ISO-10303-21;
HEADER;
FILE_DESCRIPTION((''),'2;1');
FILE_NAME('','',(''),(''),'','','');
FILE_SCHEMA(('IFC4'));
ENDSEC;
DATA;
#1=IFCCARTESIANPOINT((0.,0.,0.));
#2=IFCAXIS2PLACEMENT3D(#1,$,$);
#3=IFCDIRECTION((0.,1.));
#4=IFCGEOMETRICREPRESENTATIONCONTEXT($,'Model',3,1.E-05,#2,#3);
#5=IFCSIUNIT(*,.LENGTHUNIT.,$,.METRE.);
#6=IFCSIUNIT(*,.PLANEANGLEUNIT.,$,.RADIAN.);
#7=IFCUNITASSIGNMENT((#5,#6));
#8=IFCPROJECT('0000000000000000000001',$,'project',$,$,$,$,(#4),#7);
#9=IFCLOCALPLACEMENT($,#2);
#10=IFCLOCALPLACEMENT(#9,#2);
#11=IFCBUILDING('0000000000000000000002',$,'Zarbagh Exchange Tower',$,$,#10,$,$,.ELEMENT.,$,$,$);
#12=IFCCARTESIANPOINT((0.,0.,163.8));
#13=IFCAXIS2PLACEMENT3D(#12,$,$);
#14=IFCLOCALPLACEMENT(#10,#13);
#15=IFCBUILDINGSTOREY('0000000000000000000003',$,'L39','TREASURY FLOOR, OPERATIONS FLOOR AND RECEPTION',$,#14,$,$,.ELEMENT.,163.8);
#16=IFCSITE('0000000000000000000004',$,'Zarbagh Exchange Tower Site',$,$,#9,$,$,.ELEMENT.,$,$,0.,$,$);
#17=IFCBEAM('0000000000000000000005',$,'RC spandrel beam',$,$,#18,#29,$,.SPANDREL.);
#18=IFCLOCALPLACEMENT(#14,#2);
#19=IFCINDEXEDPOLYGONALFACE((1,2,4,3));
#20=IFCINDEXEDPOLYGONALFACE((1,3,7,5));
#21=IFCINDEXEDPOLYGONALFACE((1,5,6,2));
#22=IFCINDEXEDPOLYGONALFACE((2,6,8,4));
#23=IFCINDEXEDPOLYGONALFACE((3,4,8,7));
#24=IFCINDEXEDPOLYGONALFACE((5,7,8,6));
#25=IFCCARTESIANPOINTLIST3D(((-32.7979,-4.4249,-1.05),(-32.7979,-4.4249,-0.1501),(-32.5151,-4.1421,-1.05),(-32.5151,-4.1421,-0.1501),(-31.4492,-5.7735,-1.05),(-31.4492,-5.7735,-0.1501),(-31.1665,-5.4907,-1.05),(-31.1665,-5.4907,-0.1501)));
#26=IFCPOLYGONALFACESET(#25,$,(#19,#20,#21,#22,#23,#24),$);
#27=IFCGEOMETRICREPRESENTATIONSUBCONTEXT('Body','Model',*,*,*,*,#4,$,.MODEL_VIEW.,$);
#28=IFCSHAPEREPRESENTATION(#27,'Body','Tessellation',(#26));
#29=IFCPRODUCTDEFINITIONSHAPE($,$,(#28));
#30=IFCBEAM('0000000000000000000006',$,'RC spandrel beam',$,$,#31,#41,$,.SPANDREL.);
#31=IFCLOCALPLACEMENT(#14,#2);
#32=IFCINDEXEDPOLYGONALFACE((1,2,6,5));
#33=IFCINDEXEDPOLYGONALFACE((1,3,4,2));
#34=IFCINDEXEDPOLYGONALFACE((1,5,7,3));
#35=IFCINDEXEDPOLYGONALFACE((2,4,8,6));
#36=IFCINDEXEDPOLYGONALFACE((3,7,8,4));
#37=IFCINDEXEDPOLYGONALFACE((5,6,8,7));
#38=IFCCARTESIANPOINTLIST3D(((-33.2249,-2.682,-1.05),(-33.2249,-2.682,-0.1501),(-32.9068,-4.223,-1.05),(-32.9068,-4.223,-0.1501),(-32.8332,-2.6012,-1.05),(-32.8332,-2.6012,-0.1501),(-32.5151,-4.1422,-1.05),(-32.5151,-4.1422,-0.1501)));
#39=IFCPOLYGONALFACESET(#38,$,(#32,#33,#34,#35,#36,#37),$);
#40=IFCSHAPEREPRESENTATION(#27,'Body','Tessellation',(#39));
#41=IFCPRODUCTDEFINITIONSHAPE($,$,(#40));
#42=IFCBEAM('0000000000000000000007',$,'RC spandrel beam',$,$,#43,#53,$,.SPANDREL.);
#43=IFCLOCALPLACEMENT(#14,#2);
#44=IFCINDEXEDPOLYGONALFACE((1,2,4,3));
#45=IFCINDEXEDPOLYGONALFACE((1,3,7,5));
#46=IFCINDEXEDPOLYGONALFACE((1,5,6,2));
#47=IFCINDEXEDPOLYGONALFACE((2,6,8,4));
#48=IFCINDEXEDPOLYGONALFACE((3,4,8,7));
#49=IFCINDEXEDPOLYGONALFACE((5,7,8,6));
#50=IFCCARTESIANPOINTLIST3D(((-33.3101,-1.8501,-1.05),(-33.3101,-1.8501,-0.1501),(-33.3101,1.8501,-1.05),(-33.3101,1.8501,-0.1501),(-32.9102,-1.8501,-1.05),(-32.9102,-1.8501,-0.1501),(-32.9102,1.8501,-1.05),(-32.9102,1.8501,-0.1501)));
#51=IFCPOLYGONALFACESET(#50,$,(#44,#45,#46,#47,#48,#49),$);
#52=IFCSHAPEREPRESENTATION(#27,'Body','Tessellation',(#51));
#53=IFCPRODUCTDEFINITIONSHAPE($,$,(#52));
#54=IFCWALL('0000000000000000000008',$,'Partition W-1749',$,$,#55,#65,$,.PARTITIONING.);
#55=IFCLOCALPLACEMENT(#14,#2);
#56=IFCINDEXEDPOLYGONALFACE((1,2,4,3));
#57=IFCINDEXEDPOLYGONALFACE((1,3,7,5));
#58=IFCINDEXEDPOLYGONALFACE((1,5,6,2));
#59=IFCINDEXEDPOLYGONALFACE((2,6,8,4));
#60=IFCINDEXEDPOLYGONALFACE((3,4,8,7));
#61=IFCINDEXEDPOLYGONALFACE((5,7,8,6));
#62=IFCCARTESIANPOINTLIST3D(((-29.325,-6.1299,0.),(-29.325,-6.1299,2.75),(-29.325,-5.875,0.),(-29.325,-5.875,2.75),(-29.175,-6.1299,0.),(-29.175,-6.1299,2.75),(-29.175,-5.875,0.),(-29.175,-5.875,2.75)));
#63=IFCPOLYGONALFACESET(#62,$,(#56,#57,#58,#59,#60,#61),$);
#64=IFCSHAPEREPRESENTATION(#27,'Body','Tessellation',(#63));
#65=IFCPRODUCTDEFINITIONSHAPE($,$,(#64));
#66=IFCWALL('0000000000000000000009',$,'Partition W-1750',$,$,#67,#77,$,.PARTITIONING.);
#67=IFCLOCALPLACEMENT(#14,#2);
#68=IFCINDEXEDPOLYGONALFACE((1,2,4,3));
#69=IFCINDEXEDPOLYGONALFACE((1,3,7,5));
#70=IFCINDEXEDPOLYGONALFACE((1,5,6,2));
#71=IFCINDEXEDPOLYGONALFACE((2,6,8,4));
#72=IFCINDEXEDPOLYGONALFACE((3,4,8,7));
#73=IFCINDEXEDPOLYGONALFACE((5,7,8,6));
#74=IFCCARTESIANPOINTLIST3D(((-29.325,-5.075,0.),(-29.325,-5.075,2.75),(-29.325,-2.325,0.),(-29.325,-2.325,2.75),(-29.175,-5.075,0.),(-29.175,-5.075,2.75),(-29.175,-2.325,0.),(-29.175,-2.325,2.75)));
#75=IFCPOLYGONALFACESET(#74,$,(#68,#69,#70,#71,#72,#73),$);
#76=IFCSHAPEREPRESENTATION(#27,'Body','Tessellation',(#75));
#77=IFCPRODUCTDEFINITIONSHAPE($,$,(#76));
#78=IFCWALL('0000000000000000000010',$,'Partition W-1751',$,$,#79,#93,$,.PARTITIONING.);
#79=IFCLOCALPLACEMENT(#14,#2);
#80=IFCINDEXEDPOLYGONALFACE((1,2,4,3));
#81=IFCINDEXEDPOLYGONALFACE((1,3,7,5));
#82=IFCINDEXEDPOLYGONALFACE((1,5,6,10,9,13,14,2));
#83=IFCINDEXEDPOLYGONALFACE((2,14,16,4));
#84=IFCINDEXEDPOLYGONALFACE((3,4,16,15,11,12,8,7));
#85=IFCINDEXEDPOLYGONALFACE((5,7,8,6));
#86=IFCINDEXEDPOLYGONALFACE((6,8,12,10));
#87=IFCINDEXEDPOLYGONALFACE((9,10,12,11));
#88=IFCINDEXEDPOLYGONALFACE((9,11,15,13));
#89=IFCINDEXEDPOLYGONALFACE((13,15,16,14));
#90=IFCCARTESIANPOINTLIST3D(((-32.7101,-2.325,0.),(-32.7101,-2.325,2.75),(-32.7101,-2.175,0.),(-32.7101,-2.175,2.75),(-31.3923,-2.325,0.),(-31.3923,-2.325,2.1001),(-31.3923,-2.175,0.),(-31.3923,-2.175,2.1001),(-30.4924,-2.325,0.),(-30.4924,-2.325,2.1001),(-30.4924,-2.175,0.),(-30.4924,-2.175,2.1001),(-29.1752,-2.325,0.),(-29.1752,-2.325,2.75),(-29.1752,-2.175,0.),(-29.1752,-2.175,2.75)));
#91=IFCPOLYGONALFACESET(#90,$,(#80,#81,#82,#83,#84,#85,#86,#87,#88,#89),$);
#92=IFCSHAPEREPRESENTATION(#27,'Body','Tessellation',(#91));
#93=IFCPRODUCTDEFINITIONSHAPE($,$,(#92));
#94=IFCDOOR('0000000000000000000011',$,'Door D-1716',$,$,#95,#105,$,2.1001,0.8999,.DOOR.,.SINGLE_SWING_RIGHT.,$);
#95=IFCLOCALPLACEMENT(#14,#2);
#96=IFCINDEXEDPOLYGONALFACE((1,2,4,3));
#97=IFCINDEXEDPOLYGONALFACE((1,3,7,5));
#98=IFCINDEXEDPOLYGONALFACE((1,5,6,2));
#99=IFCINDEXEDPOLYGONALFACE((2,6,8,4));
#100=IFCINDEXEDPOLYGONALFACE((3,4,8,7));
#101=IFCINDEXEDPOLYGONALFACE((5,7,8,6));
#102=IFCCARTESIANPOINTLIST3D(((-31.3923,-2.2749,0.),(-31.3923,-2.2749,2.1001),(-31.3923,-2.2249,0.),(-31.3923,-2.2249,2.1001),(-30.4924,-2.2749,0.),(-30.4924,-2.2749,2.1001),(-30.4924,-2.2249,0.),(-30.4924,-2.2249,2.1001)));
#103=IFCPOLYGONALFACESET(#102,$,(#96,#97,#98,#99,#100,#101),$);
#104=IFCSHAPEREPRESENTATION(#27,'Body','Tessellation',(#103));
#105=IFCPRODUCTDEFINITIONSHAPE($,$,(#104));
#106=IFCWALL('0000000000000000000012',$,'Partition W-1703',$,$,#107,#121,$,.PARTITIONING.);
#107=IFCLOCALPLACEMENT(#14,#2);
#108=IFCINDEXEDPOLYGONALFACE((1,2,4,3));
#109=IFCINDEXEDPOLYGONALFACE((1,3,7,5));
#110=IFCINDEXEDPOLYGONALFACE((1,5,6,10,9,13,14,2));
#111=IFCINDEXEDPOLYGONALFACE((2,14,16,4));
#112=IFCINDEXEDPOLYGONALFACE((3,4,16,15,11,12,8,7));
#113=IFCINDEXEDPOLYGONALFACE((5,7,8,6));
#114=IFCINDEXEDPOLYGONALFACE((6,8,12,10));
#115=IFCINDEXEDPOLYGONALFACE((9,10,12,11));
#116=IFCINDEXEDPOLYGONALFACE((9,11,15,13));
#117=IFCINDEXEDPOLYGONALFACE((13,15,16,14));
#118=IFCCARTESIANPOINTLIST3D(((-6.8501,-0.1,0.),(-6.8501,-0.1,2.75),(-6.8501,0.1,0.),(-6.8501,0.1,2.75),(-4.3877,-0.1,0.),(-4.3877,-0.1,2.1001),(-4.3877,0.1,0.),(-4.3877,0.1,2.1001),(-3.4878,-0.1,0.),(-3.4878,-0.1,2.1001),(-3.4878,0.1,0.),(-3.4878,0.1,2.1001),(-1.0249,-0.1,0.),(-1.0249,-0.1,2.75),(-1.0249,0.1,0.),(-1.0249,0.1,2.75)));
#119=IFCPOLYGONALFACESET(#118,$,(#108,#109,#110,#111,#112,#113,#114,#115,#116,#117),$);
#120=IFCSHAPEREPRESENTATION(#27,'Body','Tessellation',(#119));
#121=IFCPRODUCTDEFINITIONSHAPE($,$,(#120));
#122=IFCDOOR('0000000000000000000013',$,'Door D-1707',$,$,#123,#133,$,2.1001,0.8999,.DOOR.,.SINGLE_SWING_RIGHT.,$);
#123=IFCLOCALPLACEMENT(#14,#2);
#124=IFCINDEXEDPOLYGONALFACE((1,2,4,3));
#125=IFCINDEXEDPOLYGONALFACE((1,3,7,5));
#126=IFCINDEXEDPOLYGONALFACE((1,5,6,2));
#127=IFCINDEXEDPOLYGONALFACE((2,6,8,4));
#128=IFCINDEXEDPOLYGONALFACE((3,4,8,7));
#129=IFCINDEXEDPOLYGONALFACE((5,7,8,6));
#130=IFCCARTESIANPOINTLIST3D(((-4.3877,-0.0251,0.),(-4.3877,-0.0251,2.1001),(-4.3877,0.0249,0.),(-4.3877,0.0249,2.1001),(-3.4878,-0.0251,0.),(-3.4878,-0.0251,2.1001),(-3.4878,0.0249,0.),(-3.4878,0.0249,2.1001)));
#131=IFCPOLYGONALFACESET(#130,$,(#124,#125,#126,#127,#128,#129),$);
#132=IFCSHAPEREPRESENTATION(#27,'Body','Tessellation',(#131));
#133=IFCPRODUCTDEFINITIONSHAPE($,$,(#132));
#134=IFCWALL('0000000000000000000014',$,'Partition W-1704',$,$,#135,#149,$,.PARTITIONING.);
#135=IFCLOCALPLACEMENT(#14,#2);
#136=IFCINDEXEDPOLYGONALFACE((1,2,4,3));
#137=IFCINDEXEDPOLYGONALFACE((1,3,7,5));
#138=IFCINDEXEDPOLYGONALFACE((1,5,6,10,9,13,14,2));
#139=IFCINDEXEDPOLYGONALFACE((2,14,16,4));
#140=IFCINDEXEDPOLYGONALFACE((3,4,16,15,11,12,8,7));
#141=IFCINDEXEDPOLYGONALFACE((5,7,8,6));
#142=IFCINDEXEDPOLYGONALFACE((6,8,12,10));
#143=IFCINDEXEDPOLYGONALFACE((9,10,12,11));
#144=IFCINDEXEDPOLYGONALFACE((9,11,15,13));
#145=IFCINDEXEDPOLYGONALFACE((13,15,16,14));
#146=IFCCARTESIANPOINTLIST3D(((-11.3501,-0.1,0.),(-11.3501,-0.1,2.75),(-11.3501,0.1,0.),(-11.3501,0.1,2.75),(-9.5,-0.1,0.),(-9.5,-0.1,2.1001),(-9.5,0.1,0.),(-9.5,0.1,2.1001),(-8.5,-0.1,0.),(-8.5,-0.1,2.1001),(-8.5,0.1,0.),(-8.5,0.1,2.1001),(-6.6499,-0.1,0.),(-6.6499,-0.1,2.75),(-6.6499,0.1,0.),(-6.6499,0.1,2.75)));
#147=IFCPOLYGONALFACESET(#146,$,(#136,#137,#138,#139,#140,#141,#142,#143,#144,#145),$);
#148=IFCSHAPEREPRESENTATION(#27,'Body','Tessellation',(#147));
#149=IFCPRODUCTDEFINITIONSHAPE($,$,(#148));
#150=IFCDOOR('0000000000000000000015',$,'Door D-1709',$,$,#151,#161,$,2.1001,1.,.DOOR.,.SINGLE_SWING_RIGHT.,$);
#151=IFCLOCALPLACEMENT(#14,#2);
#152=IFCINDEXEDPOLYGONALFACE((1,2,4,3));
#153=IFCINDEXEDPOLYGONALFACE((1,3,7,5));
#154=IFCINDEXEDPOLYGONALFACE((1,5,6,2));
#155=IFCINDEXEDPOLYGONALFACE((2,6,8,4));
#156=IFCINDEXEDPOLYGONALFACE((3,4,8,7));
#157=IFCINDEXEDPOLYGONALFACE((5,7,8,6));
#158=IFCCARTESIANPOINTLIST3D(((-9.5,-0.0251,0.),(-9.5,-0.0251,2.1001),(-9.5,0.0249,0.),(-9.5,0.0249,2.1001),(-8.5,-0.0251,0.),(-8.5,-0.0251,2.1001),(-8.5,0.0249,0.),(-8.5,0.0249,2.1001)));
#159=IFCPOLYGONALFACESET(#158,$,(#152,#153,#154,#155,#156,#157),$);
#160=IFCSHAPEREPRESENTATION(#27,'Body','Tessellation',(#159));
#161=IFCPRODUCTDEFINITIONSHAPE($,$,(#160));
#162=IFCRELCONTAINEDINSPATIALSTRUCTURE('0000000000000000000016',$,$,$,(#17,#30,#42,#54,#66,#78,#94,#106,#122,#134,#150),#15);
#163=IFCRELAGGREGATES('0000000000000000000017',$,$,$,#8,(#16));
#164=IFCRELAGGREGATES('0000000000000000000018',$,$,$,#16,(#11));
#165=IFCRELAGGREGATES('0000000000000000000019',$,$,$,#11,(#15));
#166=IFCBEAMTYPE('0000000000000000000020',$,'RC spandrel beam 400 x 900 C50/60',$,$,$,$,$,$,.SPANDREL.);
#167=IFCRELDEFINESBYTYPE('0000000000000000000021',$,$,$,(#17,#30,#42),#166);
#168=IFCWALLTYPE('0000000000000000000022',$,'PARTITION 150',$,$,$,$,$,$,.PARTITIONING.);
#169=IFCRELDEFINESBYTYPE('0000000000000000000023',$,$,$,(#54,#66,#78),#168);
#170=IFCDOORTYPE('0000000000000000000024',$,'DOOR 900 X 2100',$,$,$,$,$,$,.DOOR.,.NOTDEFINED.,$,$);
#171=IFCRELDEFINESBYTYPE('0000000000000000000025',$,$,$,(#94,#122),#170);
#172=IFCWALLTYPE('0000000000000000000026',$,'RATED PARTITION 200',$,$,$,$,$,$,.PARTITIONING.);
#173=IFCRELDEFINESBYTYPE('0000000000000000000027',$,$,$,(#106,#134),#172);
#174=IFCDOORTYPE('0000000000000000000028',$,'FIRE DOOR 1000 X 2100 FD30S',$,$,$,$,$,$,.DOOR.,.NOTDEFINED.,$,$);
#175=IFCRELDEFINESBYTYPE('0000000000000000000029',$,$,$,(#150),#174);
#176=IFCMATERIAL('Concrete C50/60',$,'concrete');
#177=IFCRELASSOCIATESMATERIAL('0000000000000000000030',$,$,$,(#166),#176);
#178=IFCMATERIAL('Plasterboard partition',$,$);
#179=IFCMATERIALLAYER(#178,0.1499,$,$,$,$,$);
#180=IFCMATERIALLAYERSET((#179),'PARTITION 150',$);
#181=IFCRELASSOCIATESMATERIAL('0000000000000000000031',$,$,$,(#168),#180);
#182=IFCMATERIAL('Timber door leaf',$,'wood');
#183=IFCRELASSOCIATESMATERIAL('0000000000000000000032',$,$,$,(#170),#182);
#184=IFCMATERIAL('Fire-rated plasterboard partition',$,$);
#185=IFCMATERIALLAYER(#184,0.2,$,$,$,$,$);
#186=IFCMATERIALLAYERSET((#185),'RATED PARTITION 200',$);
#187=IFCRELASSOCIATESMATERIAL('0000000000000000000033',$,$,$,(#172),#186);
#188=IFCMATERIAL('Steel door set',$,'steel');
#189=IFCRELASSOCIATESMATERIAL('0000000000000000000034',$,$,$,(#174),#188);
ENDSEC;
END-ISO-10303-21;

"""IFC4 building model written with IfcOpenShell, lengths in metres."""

from ifc_helpers import new_model, si_unit, direction, frame, frame_2d, origin, origin_2d, place, context, subcontext, project, spatial, rectangle, extrude, material, layer, layer_set, material_profile, profile_set, type_object, element, fill, save


model = new_model("IFC4")

# Units and contexts
model_context = context("Model", 3, precision=1e-05, world=origin(), true_north=direction((0.0, 1.0)))
body_context = subcontext(model_context, "Body", "Model", "MODEL_VIEW")
ifc_project = project(units=[si_unit("LENGTHUNIT", "METRE"), si_unit("PLANEANGLEUNIT", "RADIAN")], contexts=[model_context])

# Site, building, storey
site_placement = place(None, origin())
site = spatial("IfcSite", under=ifc_project, at=site_placement, Name="Zarbagh Exchange Tower Site", CompositionType="ELEMENT", RefElevation=0.0)
building_placement = place(site_placement, origin())
building = spatial("IfcBuilding", under=site, at=building_placement, Name="Zarbagh Exchange Tower", CompositionType="ELEMENT")
storey_placement = place(building_placement, frame((0.0, 0.0, 163.8)))
storey = spatial("IfcBuildingStorey", under=building, at=storey_placement, Name="L39", Description="TREASURY FLOOR, OPERATIONS FLOOR AND RECEPTION", CompositionType="ELEMENT", Elevation=163.8)

# Shared definitions
ifc_material_1 = material(Name="Concrete C50/60", Category="concrete")

# Beams
ifc_material_profile_1 = material_profile(ifc_material_1, rectangle(XDim=0.3999, YDim=0.8999, at=origin_2d()), Name="RC spandrel beam 400 x 900 C50/60")
ifc_profile_set_1 = profile_set([ifc_material_profile_1], Name="Concrete C50/60")
beam_type_1 = type_object("IfcBeamType", Name="RC spandrel beam 400 x 900 C50/60", PredefinedType="SPANDREL", material=ifc_profile_set_1)
beam_1_placement = place(storey_placement, frame((-31.3079, -5.6321, -0.6001), z_axis=(-0.707107, 0.707107, 0.0), x_axis=(-0.707107, -0.707107, 0.0)))
element("IfcBeam", 1, at=beam_1_placement, inside=storey, type_object=beam_type_1, Name="RC spandrel beam", PredefinedType="SPANDREL", context=body_context, shape_type="SweptSolid", body=[
    extrude(rectangle(XDim=0.3999, YDim=0.8999, at=origin_2d()), origin(), (0.0, 0.0, 1.0), 1.9072),
])
beam_2_placement = place(storey_placement, frame((-32.7109, -4.1826, -0.6001), z_axis=(-0.202169, 0.979351, 0.0), x_axis=(-0.979351, -0.202169, 0.0)))
element("IfcBeam", 2, at=beam_2_placement, inside=storey, type_object=beam_type_1, Name="RC spandrel beam", PredefinedType="SPANDREL", context=body_context, shape_type="SweptSolid", body=[
    extrude(rectangle(XDim=0.3999, YDim=0.8999, at=origin_2d()), origin(), (0.0, 0.0, 1.0), 1.5735),
])
beam_3_placement = place(storey_placement, frame((-33.1101, -1.8501, -0.6001), z_axis=(0.0, 1.0, 0.0), x_axis=(-1.0, 0.0, 0.0)))
element("IfcBeam", 3, at=beam_3_placement, inside=storey, type_object=beam_type_1, Name="RC spandrel beam", PredefinedType="SPANDREL", context=body_context, shape_type="SweptSolid", body=[
    extrude(rectangle(XDim=0.3999, YDim=0.8999, at=origin_2d()), origin(), (0.0, 0.0, 1.0), 3.7002),
])

# Walls
ifc_material_2 = material(Name="Plasterboard partition")
ifc_layer_1 = layer(ifc_material_2, 0.1499)
ifc_layer_set_1 = layer_set([ifc_layer_1], Name="PARTITION 150")
wall_type_1 = type_object("IfcWallType", Name="PARTITION 150", PredefinedType="PARTITIONING", material=ifc_layer_set_1)
wall_1_placement = place(storey_placement, frame((-29.25, -6.1299, 0.0), z_axis=(0.0, 0.0, 1.0), x_axis=(0.0, 1.0, 0.0)))
element("IfcWall", 4, at=wall_1_placement, inside=storey, type_object=wall_type_1, Name="Partition W-1749", PredefinedType="PARTITIONING", context=body_context, shape_type="SweptSolid", body=[
    extrude(rectangle(XDim=0.2549, YDim=0.1499, at=frame_2d((0.1274, 0.0))), origin(), (0.0, 0.0, 1.0), 2.75),
])
wall_2_placement = place(storey_placement, frame((-29.25, -5.075, 0.0), z_axis=(0.0, 0.0, 1.0), x_axis=(0.0, 1.0, 0.0)))
element("IfcWall", 5, at=wall_2_placement, inside=storey, type_object=wall_type_1, Name="Partition W-1750", PredefinedType="PARTITIONING", context=body_context, shape_type="SweptSolid", body=[
    extrude(rectangle(XDim=2.75, YDim=0.1499, at=frame_2d((1.375, 0.0))), origin(), (0.0, 0.0, 1.0), 2.75),
])

# Walls, openings, doors
wall_3_placement = place(storey_placement, frame((-29.175, -2.25, 0.0), z_axis=(0.0, 0.0, 1.0), x_axis=(-1.0, 0.0, 0.0)))
wall_3 = element("IfcWall", 6, at=wall_3_placement, inside=storey, type_object=wall_type_1, Name="Partition W-1751", PredefinedType="PARTITIONING", context=body_context, shape_type="SweptSolid", body=[
    extrude(rectangle(XDim=3.5349, YDim=0.1499, at=frame_2d((1.7676, 0.0))), origin(), (0.0, 0.0, 1.0), 2.75),
])
opening_1_placement = place(wall_3_placement, frame((1.3174, 0.0, 0.0)))
opening_1 = element("IfcOpeningElement", 7, at=opening_1_placement, cuts=wall_3, PredefinedType="OPENING", context=body_context, shape_type="SweptSolid", body=[
    extrude(rectangle(XDim=0.8999, YDim=2.1001, at=frame_2d((0.45, 1.05))), frame((0.0, 0.085, 0.0), z_axis=(0.0, -1.0, 0.0), x_axis=(1.0, 0.0, 0.0)), (0.0, 0.0, 1.0), 0.1699),
])
ifc_material_3 = material(Name="Timber door leaf", Category="wood")
door_type_1 = type_object("IfcDoorType", Name="DOOR 900 X 2100", OperationType="NOTDEFINED", PredefinedType="DOOR", material=ifc_material_3)
door_1_placement = place(opening_1_placement, origin())
door_1 = element("IfcDoor", 8, at=door_1_placement, inside=storey, type_object=door_type_1, Name="Door D-1716", OperationType="SINGLE_SWING_RIGHT", OverallHeight=2.1001, OverallWidth=0.8999, PredefinedType="DOOR", context=body_context, shape_type="SweptSolid", body=[
    extrude(rectangle(XDim=0.8999, YDim=2.1001, at=frame_2d((0.45, 1.05))), frame((0.0, 0.0249, 0.0), z_axis=(0.0, -1.0, 0.0), x_axis=(1.0, 0.0, 0.0)), (0.0, 0.0, 1.0), 0.05),
])
fill(opening_1, door_1)
ifc_material_4 = material(Name="Fire-rated plasterboard partition")
ifc_layer_2 = layer(ifc_material_4, 0.2)
ifc_layer_set_2 = layer_set([ifc_layer_2], Name="RATED PARTITION 200")
wall_type_2 = type_object("IfcWallType", Name="RATED PARTITION 200", PredefinedType="PARTITIONING", material=ifc_layer_set_2)
wall_4_placement = place(storey_placement, frame((-6.8501, 0.0, 0.0), z_axis=(0.0, 0.0, 1.0), x_axis=(1.0, 0.0, 0.0)))
wall_4 = element("IfcWall", 9, at=wall_4_placement, inside=storey, type_object=wall_type_2, Name="Partition W-1703", PredefinedType="PARTITIONING", context=body_context, shape_type="SweptSolid", body=[
    extrude(rectangle(XDim=5.8252, YDim=0.2, at=frame_2d((2.9126, 0.0))), origin(), (0.0, 0.0, 1.0), 2.75),
])
opening_2_placement = place(wall_4_placement, frame((2.4624, 0.0, 0.0)))
opening_2 = element("IfcOpeningElement", 10, at=opening_2_placement, cuts=wall_4, PredefinedType="OPENING", context=body_context, shape_type="SweptSolid", body=[
    extrude(rectangle(XDim=0.8999, YDim=2.1001, at=frame_2d((0.45, 1.05))), frame((0.0, 0.1099, 0.0), z_axis=(0.0, -1.0, 0.0), x_axis=(1.0, 0.0, 0.0)), (0.0, 0.0, 1.0), 0.22),
])
door_2_placement = place(opening_2_placement, origin())
door_2 = element("IfcDoor", 11, at=door_2_placement, inside=storey, type_object=door_type_1, Name="Door D-1707", OperationType="SINGLE_SWING_RIGHT", OverallHeight=2.1001, OverallWidth=0.8999, PredefinedType="DOOR", context=body_context, shape_type="SweptSolid", body=[
    extrude(rectangle(XDim=0.8999, YDim=2.1001, at=frame_2d((0.45, 1.05))), frame((0.0, 0.0249, 0.0), z_axis=(0.0, -1.0, 0.0), x_axis=(1.0, 0.0, 0.0)), (0.0, 0.0, 1.0), 0.05),
])
fill(opening_2, door_2)
wall_5_placement = place(storey_placement, frame((-11.3501, 0.0, 0.0), z_axis=(0.0, 0.0, 1.0), x_axis=(1.0, 0.0, 0.0)))
wall_5 = element("IfcWall", 12, at=wall_5_placement, inside=storey, type_object=wall_type_2, Name="Partition W-1704", PredefinedType="PARTITIONING", context=body_context, shape_type="SweptSolid", body=[
    extrude(rectangle(XDim=4.7002, YDim=0.2, at=frame_2d((2.3501, 0.0))), origin(), (0.0, 0.0, 1.0), 2.75),
])
opening_3_placement = place(wall_5_placement, frame((1.8501, 0.0, 0.0)))
opening_3 = element("IfcOpeningElement", 13, at=opening_3_placement, cuts=wall_5, PredefinedType="OPENING", context=body_context, shape_type="SweptSolid", body=[
    extrude(rectangle(XDim=1.0, YDim=2.1001, at=frame_2d((0.5, 1.05))), frame((0.0, 0.1099, 0.0), z_axis=(0.0, -1.0, 0.0), x_axis=(1.0, 0.0, 0.0)), (0.0, 0.0, 1.0), 0.22),
])
ifc_material_5 = material(Name="Steel door set", Category="steel")
door_type_2 = type_object("IfcDoorType", Name="FIRE DOOR 1000 X 2100 FD30S", OperationType="NOTDEFINED", PredefinedType="DOOR", material=ifc_material_5)
door_3_placement = place(opening_3_placement, origin())
door_3 = element("IfcDoor", 14, at=door_3_placement, inside=storey, type_object=door_type_2, Name="Door D-1709", OperationType="SINGLE_SWING_RIGHT", OverallHeight=2.1001, OverallWidth=1.0, PredefinedType="DOOR", context=body_context, shape_type="SweptSolid", body=[
    extrude(rectangle(XDim=1.0, YDim=2.1001, at=frame_2d((0.5, 1.05))), frame((0.0, 0.0249, 0.0), z_axis=(0.0, -1.0, 0.0), x_axis=(1.0, 0.0, 0.0)), (0.0, 0.0, 1.0), 0.05),
])
fill(opening_3, door_3)

save(model, "model.ifc")
